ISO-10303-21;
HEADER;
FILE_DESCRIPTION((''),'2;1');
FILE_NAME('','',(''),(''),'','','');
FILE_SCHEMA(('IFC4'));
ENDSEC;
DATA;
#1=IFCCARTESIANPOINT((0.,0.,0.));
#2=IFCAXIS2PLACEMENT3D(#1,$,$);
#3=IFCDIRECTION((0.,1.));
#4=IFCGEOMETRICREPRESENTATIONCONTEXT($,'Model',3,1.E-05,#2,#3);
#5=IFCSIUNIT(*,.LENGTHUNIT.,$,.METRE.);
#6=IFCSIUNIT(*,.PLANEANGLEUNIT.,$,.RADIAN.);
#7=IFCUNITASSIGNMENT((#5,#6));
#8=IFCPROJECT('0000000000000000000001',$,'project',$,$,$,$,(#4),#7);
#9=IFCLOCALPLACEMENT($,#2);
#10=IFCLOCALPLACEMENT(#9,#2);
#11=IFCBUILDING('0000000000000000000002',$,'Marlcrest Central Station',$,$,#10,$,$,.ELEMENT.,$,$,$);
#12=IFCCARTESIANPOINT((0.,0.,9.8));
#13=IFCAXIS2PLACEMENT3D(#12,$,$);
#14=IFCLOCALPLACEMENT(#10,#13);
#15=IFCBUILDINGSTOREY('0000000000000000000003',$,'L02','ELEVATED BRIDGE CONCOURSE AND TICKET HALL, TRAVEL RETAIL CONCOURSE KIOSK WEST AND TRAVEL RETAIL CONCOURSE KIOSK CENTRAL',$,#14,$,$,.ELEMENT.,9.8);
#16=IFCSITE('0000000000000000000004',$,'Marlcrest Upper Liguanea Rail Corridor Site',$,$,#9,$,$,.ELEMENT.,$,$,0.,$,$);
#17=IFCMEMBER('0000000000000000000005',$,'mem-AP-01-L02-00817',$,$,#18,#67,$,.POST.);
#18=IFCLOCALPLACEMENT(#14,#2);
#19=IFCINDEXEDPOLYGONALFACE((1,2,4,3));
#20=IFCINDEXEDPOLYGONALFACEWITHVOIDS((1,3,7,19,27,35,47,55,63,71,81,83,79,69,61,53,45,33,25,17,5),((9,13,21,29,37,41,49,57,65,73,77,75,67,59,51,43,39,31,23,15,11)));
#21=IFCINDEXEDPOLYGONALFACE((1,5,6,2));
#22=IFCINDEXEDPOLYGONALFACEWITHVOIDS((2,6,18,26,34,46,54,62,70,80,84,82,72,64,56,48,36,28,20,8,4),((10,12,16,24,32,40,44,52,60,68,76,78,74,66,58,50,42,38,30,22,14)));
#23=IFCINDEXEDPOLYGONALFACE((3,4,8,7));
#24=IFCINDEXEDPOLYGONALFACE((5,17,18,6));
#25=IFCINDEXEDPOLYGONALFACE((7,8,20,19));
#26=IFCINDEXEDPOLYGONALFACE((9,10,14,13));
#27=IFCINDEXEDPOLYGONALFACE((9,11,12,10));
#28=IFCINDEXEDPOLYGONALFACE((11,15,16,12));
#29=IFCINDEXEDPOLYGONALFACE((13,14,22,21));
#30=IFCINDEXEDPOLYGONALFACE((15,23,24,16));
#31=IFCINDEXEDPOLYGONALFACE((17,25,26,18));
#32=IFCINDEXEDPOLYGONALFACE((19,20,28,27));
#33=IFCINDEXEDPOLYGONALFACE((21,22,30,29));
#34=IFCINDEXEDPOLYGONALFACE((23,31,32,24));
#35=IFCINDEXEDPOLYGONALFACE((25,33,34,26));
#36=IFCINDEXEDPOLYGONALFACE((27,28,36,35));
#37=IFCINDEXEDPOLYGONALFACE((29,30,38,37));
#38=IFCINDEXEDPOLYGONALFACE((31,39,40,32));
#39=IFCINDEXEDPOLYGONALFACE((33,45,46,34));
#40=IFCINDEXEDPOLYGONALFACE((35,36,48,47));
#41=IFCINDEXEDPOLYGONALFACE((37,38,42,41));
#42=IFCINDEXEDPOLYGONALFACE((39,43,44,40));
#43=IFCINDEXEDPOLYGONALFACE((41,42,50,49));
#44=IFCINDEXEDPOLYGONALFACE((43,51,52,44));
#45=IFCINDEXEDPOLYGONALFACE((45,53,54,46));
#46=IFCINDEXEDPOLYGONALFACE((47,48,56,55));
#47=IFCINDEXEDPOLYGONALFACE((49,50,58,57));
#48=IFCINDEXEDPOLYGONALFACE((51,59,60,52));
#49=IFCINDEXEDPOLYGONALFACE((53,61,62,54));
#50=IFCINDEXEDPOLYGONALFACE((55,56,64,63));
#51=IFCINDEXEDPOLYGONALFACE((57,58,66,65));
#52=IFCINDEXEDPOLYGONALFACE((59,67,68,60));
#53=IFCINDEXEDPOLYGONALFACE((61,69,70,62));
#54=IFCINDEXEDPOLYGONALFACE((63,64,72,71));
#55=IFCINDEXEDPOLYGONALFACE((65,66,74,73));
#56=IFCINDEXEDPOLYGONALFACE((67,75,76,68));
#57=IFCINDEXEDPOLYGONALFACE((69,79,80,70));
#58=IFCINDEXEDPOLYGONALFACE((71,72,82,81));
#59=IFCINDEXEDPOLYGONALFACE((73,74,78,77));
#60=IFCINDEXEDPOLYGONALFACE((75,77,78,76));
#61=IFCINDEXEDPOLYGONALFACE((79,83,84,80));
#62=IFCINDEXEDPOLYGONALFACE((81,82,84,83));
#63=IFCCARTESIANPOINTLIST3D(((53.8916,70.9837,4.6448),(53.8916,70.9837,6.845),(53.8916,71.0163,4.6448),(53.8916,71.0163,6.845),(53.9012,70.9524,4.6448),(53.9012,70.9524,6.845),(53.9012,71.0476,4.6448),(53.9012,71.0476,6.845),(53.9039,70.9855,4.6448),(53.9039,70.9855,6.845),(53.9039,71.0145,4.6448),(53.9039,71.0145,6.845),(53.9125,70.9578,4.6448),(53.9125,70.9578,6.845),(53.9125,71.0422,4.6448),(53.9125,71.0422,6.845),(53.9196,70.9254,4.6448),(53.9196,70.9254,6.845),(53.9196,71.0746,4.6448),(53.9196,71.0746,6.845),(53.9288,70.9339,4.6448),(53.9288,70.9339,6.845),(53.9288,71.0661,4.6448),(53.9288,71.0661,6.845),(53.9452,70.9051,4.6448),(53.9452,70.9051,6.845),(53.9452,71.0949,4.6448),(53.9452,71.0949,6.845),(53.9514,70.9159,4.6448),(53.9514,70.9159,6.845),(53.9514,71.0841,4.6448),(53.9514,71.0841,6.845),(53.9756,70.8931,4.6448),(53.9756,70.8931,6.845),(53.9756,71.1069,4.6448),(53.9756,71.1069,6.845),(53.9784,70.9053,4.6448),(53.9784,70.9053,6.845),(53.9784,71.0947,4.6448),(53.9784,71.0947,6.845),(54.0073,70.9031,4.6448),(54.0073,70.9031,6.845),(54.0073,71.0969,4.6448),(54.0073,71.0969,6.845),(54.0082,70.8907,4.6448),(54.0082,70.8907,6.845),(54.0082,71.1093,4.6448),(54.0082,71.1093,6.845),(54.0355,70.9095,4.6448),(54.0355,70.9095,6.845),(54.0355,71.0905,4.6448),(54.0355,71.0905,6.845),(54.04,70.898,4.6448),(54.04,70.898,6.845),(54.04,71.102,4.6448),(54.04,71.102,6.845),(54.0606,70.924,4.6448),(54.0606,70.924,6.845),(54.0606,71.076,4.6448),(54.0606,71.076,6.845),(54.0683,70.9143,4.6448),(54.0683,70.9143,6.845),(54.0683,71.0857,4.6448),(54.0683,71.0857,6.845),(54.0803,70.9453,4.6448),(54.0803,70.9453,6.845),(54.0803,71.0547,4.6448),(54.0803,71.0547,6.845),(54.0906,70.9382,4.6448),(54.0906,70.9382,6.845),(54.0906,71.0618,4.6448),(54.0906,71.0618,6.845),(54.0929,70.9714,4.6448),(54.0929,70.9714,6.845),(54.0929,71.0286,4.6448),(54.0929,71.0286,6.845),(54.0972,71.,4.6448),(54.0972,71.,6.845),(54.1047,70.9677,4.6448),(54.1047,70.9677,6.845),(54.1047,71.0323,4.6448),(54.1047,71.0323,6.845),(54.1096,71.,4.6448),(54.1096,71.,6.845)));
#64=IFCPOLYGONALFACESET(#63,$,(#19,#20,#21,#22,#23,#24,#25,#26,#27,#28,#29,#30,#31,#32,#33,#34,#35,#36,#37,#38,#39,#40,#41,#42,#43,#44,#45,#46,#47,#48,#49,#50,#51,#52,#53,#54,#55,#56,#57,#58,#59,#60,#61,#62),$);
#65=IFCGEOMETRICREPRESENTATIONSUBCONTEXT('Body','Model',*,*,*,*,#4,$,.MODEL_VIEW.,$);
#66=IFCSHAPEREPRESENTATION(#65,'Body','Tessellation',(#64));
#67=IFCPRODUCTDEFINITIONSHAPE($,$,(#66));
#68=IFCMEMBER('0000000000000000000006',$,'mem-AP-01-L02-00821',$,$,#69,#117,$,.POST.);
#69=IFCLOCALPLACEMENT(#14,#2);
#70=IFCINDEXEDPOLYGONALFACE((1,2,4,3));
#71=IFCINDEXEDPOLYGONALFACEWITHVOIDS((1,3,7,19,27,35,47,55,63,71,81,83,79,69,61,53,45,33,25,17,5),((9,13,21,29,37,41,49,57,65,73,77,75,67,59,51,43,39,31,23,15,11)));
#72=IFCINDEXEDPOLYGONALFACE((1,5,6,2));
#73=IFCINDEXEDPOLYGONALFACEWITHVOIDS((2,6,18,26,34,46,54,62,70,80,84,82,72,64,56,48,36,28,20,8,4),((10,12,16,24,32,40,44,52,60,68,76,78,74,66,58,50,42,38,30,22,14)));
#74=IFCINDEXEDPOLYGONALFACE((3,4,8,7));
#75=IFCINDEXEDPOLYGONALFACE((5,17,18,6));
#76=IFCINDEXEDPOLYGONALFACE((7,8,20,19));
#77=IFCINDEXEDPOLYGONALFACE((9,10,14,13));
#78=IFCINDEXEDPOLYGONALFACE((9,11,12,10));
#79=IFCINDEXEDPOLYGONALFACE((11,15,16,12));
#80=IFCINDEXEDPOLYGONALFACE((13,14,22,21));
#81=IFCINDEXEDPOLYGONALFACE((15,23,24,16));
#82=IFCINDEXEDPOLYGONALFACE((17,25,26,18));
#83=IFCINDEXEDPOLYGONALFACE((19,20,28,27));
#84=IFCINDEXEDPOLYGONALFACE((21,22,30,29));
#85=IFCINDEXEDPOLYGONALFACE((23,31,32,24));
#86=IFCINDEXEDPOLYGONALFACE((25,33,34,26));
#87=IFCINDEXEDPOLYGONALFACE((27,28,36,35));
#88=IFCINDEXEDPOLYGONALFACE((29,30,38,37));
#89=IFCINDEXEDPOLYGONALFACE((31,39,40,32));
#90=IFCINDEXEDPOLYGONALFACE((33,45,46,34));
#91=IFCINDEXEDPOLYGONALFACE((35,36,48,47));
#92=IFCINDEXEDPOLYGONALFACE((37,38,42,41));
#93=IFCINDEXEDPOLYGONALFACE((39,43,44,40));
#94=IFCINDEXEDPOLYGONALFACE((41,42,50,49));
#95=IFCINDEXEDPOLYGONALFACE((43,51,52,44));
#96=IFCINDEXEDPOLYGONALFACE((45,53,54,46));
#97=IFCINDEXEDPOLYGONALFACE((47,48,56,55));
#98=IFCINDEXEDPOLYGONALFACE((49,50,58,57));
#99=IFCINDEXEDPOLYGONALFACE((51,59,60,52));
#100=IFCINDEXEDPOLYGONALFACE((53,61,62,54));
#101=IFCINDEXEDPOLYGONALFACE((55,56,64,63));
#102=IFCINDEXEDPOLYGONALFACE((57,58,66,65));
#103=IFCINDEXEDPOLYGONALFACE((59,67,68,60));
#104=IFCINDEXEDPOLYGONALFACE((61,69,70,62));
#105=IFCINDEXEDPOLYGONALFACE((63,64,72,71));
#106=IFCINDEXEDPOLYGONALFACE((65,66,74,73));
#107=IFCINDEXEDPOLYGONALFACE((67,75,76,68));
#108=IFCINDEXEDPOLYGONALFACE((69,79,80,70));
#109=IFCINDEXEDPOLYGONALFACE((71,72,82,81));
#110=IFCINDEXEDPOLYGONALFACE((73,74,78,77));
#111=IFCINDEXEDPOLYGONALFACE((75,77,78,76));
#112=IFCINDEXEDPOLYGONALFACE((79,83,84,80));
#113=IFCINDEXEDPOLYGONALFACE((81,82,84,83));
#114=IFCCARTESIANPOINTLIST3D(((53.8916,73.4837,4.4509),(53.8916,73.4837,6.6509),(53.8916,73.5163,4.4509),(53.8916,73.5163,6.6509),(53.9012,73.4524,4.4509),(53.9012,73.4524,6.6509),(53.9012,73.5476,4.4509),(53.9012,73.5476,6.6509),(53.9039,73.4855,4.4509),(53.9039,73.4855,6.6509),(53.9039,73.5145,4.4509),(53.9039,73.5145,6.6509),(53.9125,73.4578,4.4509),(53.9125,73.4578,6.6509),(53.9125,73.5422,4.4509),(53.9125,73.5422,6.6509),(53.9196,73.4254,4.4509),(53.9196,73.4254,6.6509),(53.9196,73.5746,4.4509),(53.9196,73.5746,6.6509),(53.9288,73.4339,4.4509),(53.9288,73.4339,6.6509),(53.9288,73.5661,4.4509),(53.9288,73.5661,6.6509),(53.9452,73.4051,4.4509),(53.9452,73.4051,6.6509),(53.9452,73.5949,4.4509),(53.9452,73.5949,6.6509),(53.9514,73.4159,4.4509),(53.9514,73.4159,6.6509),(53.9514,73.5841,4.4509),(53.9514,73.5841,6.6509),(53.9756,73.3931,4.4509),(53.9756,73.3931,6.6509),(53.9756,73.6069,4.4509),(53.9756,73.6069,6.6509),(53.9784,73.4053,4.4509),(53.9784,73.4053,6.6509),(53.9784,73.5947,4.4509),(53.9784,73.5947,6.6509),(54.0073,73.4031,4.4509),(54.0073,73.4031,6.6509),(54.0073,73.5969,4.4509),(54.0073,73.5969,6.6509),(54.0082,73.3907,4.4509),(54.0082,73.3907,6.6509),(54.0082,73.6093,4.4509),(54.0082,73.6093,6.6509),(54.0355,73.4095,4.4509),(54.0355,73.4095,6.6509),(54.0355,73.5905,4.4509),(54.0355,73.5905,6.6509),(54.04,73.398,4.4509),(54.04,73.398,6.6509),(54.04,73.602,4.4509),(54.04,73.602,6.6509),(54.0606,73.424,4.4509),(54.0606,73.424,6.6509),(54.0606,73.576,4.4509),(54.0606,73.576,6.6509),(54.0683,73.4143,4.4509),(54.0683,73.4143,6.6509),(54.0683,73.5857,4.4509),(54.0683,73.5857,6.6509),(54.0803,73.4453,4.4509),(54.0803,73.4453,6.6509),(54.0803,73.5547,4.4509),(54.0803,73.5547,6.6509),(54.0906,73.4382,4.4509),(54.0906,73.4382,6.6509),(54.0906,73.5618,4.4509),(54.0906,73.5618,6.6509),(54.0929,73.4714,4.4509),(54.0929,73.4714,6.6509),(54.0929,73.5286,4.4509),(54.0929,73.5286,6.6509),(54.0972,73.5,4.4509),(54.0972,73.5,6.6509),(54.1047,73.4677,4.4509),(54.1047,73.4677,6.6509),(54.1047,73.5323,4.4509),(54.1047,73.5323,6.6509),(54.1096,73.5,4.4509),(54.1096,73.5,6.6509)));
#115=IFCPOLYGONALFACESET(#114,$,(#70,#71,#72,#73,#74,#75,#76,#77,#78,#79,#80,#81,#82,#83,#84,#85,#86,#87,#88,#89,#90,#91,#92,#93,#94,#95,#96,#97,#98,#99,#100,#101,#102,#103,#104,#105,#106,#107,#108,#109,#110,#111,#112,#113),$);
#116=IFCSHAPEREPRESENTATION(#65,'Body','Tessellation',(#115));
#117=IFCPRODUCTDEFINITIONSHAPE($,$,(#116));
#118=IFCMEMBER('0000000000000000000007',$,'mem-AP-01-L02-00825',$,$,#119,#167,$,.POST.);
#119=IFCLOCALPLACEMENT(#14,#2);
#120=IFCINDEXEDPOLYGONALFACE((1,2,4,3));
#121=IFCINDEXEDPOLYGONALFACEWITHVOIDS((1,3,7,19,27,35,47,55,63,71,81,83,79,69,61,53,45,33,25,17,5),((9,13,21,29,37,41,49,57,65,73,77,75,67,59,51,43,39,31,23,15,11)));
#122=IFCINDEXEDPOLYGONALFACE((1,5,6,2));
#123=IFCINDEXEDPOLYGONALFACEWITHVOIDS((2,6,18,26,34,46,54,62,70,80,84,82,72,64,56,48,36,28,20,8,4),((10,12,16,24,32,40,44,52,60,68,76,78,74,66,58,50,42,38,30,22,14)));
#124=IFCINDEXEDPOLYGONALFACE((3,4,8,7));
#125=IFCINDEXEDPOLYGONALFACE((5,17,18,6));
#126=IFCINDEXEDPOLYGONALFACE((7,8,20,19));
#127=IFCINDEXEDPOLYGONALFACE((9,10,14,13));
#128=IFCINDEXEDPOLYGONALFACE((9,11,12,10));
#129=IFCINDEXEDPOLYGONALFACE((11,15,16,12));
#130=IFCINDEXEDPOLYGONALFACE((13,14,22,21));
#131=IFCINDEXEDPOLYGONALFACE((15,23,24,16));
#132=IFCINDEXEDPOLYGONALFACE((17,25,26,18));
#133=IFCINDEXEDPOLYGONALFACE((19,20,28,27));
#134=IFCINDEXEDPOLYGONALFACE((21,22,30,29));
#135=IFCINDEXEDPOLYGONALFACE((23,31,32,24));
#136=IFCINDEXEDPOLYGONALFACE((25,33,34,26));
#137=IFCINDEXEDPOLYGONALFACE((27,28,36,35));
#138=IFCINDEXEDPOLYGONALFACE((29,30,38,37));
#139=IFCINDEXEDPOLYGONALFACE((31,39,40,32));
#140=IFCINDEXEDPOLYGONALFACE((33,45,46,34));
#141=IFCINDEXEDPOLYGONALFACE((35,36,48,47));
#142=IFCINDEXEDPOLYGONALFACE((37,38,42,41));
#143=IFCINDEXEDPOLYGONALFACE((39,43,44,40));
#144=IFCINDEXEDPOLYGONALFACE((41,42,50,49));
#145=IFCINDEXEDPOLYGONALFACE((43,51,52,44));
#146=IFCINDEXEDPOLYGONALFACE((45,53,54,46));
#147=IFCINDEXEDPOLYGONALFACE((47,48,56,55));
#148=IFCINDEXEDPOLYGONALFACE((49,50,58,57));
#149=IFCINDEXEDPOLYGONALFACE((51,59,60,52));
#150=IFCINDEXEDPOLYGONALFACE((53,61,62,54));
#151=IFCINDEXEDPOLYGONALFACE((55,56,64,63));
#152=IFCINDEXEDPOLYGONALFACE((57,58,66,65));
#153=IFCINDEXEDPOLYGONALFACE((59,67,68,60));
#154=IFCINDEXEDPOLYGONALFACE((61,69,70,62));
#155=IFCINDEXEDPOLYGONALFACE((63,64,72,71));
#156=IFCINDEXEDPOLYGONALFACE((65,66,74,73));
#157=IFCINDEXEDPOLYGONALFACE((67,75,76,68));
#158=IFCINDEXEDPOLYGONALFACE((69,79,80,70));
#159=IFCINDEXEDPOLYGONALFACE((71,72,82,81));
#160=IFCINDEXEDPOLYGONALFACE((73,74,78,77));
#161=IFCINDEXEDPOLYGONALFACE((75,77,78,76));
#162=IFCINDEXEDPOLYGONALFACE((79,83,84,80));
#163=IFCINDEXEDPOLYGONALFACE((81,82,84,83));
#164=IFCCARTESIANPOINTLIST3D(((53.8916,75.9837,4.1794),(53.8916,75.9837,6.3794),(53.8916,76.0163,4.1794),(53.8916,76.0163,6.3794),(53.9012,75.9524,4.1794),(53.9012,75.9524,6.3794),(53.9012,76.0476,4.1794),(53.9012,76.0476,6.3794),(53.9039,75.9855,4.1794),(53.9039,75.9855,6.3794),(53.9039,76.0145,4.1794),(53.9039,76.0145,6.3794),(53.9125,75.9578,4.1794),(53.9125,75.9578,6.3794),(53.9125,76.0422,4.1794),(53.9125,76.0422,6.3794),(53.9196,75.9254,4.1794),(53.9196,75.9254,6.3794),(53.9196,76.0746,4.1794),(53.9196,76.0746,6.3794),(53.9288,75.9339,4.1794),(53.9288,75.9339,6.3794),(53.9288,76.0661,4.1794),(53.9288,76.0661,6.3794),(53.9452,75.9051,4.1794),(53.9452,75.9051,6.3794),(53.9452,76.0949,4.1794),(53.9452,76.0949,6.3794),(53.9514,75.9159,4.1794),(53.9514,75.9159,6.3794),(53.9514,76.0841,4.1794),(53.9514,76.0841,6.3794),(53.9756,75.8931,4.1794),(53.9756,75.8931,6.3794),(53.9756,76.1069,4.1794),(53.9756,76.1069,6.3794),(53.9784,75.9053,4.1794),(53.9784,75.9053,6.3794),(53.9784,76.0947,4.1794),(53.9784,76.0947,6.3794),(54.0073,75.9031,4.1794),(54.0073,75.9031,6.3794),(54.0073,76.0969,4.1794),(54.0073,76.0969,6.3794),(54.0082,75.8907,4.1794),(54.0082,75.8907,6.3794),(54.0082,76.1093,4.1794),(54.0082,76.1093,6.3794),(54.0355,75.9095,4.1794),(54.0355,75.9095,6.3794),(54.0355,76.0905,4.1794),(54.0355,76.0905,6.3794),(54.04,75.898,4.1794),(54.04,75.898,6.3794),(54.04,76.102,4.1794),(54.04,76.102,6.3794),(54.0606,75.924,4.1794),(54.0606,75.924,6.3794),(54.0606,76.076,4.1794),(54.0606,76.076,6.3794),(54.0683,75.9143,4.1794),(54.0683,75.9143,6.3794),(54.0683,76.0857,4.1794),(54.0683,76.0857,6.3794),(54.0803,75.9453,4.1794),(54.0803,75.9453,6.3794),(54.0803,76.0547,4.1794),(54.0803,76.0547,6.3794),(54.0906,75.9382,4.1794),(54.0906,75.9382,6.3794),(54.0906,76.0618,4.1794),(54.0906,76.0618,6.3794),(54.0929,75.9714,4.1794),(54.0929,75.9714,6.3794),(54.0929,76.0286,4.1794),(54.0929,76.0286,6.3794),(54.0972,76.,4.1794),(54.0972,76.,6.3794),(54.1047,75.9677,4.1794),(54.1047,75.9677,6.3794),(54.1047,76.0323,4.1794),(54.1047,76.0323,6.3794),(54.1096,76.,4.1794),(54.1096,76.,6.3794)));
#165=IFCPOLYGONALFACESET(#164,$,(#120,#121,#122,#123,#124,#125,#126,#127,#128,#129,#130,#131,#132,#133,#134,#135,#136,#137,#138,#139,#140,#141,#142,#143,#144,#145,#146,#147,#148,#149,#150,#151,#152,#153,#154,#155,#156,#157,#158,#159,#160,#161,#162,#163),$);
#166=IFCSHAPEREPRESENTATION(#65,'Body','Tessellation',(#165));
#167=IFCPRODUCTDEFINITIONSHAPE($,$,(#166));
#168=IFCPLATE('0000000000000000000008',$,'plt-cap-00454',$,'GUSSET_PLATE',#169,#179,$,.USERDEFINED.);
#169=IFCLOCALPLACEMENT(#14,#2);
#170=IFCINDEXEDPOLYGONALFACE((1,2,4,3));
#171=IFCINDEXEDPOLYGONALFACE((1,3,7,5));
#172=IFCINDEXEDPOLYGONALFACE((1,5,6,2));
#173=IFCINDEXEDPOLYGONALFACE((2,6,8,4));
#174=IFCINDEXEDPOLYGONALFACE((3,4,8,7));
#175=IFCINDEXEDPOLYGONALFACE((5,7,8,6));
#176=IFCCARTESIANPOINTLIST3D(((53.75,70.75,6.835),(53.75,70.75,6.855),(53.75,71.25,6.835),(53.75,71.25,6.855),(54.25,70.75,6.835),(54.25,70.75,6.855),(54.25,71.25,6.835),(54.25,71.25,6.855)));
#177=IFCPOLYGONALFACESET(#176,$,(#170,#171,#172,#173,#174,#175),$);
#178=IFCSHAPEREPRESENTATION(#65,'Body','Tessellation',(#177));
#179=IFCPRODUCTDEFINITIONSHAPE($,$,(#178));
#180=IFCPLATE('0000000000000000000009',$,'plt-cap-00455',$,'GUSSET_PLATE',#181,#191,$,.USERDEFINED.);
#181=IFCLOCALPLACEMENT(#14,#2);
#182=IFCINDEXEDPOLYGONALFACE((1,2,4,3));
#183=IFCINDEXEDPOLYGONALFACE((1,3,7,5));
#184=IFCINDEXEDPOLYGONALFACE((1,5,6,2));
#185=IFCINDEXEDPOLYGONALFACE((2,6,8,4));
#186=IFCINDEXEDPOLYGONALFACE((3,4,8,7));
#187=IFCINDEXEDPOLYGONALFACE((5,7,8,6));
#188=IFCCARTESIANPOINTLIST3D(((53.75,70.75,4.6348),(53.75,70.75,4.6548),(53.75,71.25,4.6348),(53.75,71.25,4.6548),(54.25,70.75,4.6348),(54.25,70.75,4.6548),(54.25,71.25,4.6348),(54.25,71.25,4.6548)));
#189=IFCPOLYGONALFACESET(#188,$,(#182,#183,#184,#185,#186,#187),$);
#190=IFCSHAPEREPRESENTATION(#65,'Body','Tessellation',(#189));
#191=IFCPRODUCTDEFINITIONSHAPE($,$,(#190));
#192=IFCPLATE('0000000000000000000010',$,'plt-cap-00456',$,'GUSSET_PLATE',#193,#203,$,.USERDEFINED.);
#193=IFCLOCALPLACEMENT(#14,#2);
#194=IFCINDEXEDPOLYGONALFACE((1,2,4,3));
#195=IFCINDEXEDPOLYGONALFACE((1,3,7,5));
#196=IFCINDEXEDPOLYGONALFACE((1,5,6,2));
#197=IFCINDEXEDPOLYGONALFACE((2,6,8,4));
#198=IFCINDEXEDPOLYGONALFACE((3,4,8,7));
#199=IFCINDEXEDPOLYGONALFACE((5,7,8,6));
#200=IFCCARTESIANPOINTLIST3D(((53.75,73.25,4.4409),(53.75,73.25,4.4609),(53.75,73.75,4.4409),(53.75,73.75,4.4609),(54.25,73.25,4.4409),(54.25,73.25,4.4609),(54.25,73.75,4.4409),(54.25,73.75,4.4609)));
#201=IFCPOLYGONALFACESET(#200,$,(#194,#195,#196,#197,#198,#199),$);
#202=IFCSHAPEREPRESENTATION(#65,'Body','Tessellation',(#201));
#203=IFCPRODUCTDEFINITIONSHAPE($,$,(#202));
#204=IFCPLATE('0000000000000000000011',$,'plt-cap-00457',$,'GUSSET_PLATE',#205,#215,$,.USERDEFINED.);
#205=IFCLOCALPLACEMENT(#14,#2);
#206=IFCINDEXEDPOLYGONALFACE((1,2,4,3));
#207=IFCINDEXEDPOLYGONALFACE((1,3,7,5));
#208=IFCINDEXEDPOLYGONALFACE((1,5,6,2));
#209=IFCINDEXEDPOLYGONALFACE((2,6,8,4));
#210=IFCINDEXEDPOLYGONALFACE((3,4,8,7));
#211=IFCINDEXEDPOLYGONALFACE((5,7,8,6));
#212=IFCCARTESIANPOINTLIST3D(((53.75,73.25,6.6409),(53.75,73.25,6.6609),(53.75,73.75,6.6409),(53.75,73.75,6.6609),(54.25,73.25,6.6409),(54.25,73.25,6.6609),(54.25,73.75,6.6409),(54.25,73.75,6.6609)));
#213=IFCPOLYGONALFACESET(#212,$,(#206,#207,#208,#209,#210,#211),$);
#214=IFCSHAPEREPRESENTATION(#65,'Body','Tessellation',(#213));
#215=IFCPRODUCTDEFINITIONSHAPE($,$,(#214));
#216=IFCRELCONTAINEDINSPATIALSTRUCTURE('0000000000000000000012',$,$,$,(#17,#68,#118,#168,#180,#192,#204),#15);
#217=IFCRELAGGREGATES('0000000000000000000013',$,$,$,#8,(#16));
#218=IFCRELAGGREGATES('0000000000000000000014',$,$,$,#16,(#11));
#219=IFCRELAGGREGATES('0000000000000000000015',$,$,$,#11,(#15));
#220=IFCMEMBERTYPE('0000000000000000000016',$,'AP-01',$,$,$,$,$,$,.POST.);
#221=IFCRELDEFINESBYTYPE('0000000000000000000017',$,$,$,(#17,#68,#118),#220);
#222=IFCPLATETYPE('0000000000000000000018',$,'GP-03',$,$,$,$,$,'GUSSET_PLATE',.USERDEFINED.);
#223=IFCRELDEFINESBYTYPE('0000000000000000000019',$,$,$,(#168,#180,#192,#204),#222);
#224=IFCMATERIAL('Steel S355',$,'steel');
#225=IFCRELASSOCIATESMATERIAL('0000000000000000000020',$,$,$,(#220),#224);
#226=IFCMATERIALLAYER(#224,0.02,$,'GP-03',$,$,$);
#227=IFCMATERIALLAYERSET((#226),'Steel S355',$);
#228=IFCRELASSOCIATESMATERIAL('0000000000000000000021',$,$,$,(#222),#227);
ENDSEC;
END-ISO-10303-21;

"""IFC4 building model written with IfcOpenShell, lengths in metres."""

from ifc_helpers import new_model, si_unit, direction, frame, origin, origin_2d, place, context, subcontext, project, spatial, rectangle, hollow_circle, extrude, material, layer, layer_set, material_profile, profile_set, type_object, element, save


model = new_model("IFC4")

# Units and contexts
model_context = context("Model", 3, precision=1e-05, world=origin(), true_north=direction((0.0, 1.0)))
body_context = subcontext(model_context, "Body", "Model", "MODEL_VIEW")
ifc_project = project(units=[si_unit("LENGTHUNIT", "METRE"), si_unit("PLANEANGLEUNIT", "RADIAN")], contexts=[model_context])

# Site, building, storey
site_placement = place(None, origin())
site = spatial("IfcSite", under=ifc_project, at=site_placement, Name="Marlcrest Upper Liguanea Rail Corridor Site", CompositionType="ELEMENT", RefElevation=0.0)
building_placement = place(site_placement, origin())
building = spatial("IfcBuilding", under=site, at=building_placement, Name="Marlcrest Central Station", CompositionType="ELEMENT")
storey_placement = place(building_placement, frame((0.0, 0.0, 9.8)))
storey = spatial("IfcBuildingStorey", under=building, at=storey_placement, Name="L02", Description="ELEVATED BRIDGE CONCOURSE AND TICKET HALL, TRAVEL RETAIL CONCOURSE KIOSK WEST AND TRAVEL RETAIL CONCOURSE KIOSK CENTRAL", CompositionType="ELEMENT", Elevation=9.8)

# Members
ifc_material = material(Name="Steel S355", Category="steel")
ifc_material_profile_1 = material_profile(ifc_material, hollow_circle(Radius=0.1096, WallThickness=0.0125, at=origin_2d()), Name="CHS 219.1x12.5")
ifc_profile_set_1 = profile_set([ifc_material_profile_1], Name="Steel S355")
member_type_1 = type_object("IfcMemberType", Name="AP-01", PredefinedType="POST", material=ifc_profile_set_1)
member_1_placement = place(storey_placement, frame((54.0, 71.0, 4.6448), z_axis=(0.0, 0.0, 1.0), x_axis=(1.0, 0.0, 0.0)))
element("IfcMember", 1, at=member_1_placement, inside=storey, type_object=member_type_1, Name="mem-AP-01-L02-00817", PredefinedType="POST", context=body_context, shape_type="SweptSolid", body=[
    extrude(hollow_circle(Radius=0.1096, WallThickness=0.0125, at=origin_2d()), origin(), (0.0, 0.0, 1.0), 2.2002),
])
for number, where, z_axis, x_axis, name in (
    (2, (54.0, 73.5, 4.4509), (0.0, 0.0, 1.0), (1.0, 0.0, 0.0), "mem-AP-01-L02-00821"),
    (3, (54.0, 76.0, 4.1794), (0.0, 0.0, 1.0), (1.0, 0.0, 0.0), "mem-AP-01-L02-00825"),
):
    element("IfcMember", number, at=place(storey_placement, frame(where, z_axis=z_axis, x_axis=x_axis)), inside=storey, type_object=member_type_1, Name=name, PredefinedType="POST", context=body_context, shape_type="SweptSolid", body=[
        extrude(hollow_circle(Radius=0.1096, WallThickness=0.0125, at=origin_2d()), origin(), (0.0, 0.0, 1.0), 2.2),
    ])

# Plates
ifc_layer = layer(ifc_material, 0.02, Name="GP-03")
ifc_layer_set = layer_set([ifc_layer], Name="Steel S355")
plate_type = type_object("IfcPlateType", Name="GP-03", ElementType="GUSSET_PLATE", PredefinedType="USERDEFINED", material=ifc_layer_set)
for number, where, z_axis, x_axis, name in (
    (4, (54.0, 71.0, 6.835), (0.0, 0.0, 1.0), (1.0, 0.0, 0.0), "plt-cap-00454"),
    (5, (54.0, 71.0, 4.6348), (0.0, 0.0, 1.0), (1.0, 0.0, 0.0), "plt-cap-00455"),
    (6, (54.0, 73.5, 4.4409), (0.0, 0.0, 1.0), (1.0, 0.0, 0.0), "plt-cap-00456"),
    (7, (54.0, 73.5, 6.6409), (0.0, 0.0, 1.0), (1.0, 0.0, 0.0), "plt-cap-00457"),
):
    element("IfcPlate", number, at=place(storey_placement, frame(where, z_axis=z_axis, x_axis=x_axis)), inside=storey, type_object=plate_type, Name=name, ObjectType="GUSSET_PLATE", PredefinedType="USERDEFINED", context=body_context, shape_type="SweptSolid", body=[
        extrude(rectangle(XDim=0.5, YDim=0.5, at=origin_2d()), origin(), (0.0, 0.0, 1.0), 0.02),
    ])

save(model, "model.ifc")
